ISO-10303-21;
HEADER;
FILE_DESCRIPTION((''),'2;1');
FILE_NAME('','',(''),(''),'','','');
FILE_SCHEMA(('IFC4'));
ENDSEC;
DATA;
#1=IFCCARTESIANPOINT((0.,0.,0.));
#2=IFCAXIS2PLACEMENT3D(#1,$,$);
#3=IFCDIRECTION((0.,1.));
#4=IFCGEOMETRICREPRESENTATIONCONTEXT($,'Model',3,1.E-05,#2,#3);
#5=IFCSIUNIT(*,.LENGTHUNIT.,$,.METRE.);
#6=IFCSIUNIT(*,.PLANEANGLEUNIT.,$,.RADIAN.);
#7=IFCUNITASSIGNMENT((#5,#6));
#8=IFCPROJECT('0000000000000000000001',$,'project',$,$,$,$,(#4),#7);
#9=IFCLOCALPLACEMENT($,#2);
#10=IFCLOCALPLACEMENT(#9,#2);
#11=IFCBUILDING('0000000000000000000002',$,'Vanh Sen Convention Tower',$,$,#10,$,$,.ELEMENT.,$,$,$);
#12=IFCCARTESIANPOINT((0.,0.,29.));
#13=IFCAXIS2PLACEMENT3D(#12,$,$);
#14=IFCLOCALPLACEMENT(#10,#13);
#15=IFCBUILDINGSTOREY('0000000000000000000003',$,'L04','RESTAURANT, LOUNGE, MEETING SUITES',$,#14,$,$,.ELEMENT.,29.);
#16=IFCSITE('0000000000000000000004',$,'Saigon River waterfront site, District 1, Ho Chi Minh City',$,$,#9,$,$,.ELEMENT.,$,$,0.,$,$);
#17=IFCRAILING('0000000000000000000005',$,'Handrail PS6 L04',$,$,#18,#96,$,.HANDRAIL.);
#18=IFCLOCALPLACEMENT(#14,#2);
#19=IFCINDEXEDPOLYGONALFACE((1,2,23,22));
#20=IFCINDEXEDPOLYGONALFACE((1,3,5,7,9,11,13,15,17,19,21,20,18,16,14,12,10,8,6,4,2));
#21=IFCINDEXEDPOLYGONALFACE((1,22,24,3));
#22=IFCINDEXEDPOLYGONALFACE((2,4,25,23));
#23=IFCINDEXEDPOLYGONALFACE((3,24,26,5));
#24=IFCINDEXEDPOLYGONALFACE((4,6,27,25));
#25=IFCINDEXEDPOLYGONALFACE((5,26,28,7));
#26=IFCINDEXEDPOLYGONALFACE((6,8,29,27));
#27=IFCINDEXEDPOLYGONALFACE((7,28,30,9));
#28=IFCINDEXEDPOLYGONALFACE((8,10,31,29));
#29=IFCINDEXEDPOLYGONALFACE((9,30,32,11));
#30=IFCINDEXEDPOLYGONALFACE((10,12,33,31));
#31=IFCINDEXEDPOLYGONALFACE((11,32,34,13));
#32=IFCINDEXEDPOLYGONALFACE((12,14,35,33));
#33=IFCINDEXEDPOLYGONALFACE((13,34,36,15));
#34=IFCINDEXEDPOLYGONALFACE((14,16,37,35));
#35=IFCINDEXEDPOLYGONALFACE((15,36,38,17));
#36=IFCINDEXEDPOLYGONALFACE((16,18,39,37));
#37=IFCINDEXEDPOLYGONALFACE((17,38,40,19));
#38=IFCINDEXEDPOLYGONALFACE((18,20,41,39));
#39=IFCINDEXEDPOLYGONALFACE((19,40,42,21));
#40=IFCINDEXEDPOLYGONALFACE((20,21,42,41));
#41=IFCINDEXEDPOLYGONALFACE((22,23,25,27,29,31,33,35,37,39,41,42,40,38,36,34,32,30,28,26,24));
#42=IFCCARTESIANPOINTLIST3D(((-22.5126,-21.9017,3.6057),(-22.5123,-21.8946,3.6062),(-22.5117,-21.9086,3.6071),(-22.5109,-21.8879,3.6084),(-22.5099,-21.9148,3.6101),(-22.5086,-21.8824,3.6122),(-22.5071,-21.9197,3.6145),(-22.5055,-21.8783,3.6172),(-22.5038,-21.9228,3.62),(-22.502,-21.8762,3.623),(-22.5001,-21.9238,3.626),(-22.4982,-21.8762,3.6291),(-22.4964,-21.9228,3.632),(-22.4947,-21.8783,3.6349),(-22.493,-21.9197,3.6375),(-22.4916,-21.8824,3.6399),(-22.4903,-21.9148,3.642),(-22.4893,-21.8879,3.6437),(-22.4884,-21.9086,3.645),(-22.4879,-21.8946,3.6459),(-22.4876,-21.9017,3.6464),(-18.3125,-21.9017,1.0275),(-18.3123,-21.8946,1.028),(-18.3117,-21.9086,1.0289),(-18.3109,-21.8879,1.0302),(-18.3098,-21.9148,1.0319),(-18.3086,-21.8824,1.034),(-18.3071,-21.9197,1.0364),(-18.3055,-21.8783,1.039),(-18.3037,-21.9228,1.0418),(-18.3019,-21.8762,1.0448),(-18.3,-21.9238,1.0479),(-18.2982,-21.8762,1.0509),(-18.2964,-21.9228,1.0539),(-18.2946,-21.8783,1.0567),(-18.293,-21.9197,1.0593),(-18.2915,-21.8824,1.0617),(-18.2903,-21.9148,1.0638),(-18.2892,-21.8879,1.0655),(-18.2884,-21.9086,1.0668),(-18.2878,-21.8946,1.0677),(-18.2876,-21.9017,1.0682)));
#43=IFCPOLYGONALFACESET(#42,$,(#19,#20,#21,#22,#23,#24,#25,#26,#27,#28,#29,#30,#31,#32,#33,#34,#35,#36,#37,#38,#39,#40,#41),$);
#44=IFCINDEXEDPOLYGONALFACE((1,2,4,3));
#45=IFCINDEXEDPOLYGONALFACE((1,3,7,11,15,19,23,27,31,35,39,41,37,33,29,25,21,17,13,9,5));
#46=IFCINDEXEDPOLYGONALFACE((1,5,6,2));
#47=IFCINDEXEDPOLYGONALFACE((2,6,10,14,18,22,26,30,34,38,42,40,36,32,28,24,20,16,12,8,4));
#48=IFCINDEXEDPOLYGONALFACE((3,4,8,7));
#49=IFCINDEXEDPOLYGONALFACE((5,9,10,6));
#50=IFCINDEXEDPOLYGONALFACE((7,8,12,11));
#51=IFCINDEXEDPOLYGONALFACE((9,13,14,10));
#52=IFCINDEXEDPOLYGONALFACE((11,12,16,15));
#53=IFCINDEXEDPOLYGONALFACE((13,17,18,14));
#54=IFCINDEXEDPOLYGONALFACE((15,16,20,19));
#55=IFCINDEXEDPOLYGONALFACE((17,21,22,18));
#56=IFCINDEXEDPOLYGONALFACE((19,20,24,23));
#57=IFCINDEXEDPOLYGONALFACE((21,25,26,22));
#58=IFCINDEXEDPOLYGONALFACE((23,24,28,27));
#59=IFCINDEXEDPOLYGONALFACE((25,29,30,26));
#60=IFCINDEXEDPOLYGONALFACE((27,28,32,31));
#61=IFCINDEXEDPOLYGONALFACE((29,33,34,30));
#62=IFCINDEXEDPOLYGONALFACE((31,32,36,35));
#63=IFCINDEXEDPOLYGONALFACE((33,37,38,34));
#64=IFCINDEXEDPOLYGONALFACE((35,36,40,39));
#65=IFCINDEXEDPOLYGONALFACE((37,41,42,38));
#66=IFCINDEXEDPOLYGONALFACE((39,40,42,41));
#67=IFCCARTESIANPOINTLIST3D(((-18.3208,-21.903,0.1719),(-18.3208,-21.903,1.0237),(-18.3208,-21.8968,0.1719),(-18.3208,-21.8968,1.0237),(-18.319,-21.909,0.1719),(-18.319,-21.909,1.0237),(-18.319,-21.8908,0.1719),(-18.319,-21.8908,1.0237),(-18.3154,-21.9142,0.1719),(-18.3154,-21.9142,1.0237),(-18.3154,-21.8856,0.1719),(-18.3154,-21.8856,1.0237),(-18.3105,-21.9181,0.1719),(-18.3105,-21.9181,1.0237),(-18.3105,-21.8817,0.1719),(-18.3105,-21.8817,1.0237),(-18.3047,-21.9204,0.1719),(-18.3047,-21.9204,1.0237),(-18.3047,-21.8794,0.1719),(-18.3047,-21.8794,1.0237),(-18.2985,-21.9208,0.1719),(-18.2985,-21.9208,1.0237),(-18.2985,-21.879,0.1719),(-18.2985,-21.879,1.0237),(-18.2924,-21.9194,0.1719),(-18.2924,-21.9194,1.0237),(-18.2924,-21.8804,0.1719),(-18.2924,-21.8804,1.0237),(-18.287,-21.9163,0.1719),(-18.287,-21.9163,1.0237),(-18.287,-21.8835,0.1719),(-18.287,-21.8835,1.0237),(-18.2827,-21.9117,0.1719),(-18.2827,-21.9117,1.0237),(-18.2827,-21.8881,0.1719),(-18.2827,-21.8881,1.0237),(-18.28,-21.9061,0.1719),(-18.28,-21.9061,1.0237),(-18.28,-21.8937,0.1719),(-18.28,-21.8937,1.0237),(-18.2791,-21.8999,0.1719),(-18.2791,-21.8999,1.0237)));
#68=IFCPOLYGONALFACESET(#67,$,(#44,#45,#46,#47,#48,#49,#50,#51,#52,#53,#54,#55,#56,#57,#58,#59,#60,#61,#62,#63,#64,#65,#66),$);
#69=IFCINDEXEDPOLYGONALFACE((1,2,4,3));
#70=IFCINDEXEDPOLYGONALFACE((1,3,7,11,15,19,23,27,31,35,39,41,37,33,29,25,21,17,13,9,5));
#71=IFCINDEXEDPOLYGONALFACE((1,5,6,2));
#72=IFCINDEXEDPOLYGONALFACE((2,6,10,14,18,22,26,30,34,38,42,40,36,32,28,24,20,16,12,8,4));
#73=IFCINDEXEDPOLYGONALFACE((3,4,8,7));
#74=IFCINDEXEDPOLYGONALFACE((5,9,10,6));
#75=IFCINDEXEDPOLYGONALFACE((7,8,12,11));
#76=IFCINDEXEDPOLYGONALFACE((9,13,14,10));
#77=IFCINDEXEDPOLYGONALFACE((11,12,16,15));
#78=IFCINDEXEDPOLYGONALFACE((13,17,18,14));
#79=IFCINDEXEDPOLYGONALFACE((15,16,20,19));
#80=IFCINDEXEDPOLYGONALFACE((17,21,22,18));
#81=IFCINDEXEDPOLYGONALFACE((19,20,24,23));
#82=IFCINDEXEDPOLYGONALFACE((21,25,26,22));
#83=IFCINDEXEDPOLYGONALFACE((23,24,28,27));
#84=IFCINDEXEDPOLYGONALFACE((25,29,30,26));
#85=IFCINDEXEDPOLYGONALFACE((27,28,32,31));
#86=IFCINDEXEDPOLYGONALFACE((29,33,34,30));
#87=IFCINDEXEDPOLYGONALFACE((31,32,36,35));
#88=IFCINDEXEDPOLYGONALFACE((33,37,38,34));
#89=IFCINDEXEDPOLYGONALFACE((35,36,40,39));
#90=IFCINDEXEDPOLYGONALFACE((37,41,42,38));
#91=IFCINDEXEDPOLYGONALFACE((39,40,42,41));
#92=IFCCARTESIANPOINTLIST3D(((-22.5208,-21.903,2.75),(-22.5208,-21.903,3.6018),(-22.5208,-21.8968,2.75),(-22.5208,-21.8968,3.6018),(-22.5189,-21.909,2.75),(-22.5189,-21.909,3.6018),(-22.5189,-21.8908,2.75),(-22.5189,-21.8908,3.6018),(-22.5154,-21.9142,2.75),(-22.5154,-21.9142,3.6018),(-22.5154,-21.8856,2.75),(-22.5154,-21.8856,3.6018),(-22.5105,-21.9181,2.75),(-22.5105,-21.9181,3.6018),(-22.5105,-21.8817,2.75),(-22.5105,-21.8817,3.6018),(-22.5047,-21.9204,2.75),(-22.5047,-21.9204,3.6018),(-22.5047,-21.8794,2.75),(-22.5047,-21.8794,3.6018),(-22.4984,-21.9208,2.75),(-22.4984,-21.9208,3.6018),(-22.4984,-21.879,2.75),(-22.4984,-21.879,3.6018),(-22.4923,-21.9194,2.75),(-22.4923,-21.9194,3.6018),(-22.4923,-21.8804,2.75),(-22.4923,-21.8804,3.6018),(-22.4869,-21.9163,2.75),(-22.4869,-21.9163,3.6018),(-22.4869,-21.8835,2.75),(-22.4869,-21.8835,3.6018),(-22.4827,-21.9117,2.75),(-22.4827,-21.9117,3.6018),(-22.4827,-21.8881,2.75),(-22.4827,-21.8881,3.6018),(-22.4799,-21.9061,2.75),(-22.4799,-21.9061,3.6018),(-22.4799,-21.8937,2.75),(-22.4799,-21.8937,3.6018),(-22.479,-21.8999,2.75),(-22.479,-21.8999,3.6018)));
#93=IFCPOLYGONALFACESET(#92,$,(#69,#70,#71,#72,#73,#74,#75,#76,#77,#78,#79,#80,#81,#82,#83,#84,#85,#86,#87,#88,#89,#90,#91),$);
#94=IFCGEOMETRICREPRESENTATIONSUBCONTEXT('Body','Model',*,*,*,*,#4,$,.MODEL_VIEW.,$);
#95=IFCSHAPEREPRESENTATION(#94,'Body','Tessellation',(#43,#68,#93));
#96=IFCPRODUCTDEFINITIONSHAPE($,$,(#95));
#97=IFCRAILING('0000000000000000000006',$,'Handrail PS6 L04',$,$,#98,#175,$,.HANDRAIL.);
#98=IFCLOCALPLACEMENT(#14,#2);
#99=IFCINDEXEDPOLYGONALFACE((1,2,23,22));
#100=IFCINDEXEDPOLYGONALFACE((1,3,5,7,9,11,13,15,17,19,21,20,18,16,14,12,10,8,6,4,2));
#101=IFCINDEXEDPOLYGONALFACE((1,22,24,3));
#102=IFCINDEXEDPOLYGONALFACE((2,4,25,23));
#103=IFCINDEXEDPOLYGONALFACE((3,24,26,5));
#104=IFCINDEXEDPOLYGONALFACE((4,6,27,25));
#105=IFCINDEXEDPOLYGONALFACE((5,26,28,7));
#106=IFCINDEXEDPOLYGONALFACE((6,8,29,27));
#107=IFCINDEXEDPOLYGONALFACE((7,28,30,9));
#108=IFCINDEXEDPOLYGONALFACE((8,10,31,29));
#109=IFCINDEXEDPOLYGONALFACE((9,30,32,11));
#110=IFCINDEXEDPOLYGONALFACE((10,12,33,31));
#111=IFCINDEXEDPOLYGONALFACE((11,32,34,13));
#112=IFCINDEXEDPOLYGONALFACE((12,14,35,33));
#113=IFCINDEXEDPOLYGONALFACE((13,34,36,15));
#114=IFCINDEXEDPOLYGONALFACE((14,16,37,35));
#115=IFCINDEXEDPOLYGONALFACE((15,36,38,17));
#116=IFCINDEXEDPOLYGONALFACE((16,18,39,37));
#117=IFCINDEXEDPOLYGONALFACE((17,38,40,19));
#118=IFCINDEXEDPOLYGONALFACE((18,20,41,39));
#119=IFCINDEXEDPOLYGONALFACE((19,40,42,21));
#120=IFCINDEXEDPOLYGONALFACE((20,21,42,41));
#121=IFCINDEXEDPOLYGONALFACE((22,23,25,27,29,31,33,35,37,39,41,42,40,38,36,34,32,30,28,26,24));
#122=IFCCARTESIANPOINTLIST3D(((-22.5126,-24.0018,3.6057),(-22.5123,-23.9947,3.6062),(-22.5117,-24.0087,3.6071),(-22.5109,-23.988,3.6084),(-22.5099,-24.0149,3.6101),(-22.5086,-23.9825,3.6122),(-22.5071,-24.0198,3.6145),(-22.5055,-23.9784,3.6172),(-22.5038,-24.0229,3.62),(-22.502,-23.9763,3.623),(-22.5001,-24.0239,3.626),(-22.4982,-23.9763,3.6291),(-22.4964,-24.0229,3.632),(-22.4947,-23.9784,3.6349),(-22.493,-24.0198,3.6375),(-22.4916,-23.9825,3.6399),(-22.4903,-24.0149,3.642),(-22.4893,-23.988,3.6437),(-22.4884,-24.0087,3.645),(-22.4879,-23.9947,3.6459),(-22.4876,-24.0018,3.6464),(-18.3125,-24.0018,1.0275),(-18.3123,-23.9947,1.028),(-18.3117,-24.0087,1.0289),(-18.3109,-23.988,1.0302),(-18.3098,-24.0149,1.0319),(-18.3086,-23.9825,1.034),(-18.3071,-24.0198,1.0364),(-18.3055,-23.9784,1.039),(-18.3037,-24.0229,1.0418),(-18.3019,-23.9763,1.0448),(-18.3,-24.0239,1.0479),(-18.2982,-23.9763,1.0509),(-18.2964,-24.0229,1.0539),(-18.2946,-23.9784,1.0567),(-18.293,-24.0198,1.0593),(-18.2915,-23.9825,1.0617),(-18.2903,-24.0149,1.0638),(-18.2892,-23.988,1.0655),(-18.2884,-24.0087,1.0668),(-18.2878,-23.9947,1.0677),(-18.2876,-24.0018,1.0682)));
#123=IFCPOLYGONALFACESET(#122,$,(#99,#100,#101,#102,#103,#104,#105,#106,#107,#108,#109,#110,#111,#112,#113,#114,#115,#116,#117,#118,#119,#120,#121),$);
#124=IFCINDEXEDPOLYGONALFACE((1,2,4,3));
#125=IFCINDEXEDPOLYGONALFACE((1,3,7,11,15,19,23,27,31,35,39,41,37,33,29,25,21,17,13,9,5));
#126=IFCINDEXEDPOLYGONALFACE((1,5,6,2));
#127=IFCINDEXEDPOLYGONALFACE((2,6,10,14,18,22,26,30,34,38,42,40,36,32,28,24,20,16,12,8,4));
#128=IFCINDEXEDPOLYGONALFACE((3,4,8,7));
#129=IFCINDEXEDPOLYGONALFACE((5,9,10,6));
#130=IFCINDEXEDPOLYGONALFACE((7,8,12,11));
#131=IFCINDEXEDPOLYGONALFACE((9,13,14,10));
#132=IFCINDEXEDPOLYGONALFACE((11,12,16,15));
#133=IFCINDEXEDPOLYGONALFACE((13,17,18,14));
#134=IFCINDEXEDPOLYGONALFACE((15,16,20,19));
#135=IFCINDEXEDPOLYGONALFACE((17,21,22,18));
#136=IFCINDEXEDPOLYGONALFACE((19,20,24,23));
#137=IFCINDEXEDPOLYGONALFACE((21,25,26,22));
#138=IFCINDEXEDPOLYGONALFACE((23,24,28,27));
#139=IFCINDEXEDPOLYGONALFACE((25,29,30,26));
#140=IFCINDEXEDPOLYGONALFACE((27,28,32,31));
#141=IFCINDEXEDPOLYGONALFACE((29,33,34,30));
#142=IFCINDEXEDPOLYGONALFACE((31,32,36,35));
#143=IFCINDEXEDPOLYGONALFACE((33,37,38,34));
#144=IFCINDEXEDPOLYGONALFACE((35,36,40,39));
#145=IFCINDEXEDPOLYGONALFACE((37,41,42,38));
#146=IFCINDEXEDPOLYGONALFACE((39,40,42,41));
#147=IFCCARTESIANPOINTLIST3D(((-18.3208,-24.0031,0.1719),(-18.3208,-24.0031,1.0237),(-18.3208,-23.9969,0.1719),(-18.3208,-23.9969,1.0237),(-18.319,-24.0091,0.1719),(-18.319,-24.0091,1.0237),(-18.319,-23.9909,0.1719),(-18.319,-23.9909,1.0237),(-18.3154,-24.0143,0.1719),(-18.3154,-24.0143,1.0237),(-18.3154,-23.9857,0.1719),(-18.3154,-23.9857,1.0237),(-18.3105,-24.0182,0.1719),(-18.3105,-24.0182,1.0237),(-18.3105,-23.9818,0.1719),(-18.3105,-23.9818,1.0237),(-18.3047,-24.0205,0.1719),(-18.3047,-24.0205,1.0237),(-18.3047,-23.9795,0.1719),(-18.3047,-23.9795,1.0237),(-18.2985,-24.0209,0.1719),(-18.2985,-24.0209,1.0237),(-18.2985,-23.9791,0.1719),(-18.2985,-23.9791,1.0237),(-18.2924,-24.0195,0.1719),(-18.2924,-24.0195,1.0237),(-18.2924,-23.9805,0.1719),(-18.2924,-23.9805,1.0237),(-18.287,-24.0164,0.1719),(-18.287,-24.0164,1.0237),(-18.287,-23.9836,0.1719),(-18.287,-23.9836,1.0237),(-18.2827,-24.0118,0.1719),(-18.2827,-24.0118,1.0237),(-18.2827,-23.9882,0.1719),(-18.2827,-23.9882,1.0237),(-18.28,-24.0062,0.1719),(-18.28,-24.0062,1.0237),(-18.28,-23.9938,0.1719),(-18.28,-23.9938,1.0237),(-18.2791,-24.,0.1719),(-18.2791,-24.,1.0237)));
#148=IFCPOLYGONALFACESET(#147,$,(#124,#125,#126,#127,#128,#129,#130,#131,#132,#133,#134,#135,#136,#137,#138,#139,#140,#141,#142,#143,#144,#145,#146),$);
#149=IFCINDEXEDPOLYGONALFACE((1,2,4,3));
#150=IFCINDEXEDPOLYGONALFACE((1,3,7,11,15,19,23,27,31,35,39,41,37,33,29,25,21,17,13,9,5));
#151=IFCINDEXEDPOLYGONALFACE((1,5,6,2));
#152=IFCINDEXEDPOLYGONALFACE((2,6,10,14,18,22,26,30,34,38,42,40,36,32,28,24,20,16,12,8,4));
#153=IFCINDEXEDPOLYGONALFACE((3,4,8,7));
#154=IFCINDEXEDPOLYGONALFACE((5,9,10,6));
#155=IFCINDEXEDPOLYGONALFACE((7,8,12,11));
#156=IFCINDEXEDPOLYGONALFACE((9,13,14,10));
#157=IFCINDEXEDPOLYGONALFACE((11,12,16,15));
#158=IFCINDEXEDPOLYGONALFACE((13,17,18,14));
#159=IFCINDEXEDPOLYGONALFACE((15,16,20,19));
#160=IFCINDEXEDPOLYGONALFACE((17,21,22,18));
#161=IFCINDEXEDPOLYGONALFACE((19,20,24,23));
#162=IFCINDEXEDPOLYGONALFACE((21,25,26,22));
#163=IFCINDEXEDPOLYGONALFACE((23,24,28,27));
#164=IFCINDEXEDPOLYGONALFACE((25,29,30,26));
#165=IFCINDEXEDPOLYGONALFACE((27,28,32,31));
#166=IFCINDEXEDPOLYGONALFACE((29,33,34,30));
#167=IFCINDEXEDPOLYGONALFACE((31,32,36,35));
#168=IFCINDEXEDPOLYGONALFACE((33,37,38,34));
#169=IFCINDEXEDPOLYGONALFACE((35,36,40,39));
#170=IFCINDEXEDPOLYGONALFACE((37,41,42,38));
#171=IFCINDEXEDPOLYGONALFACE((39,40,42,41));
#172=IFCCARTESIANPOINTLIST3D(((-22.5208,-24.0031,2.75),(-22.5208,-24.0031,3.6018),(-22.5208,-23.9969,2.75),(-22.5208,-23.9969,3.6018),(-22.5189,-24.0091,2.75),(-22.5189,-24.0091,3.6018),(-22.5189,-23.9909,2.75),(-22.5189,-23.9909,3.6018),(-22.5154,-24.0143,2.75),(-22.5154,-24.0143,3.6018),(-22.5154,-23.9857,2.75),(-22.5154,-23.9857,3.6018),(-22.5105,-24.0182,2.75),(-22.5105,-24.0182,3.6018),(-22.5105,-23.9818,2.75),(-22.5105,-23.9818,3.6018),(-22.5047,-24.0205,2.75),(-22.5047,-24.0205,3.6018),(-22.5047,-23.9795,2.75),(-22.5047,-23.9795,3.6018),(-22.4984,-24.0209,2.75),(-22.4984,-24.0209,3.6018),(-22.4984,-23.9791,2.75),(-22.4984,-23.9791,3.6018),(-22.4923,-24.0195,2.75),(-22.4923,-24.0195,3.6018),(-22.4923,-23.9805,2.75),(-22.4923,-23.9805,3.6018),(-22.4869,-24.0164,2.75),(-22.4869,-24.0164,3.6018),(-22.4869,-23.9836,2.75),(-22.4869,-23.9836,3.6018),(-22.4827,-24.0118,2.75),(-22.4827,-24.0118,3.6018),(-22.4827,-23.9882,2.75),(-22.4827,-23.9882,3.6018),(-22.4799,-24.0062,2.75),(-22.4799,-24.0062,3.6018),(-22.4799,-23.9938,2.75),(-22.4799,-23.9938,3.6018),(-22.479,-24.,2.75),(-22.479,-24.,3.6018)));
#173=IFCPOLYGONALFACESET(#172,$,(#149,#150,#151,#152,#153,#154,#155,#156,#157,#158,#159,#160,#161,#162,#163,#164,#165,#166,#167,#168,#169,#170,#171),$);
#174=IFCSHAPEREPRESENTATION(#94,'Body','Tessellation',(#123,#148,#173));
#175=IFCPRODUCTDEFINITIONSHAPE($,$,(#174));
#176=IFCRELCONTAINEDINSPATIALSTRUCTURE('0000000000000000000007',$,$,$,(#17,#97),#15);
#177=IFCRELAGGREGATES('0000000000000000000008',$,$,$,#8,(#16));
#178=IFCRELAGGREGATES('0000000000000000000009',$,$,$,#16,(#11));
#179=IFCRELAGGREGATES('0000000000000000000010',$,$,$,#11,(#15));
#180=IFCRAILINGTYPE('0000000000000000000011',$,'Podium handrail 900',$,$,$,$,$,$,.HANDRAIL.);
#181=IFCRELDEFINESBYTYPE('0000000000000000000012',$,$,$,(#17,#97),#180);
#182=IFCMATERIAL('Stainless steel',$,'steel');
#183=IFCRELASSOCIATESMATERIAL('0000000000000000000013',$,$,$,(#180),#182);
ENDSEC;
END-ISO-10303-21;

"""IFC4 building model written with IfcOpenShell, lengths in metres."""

from ifc_helpers import new_model, si_unit, direction, frame, origin, origin_2d, place, context, subcontext, project, spatial, circle, extrude, material, type_object, element, save


model = new_model("IFC4")

# Units and contexts
model_context = context("Model", 3, precision=1e-05, world=origin(), true_north=direction((0.0, 1.0)))
body_context = subcontext(model_context, "Body", "Model", "MODEL_VIEW")
ifc_project = project(units=[si_unit("LENGTHUNIT", "METRE"), si_unit("PLANEANGLEUNIT", "RADIAN")], contexts=[model_context])

# Site, building, storey
site_placement = place(None, origin())
site = spatial("IfcSite", under=ifc_project, at=site_placement, Name="Saigon River waterfront site, District 1, Ho Chi Minh City", CompositionType="ELEMENT", RefElevation=0.0)
building_placement = place(site_placement, origin())
building = spatial("IfcBuilding", under=site, at=building_placement, Name="Vanh Sen Convention Tower", CompositionType="ELEMENT")
storey_placement = place(building_placement, frame((0.0, 0.0, 29.0)))
storey = spatial("IfcBuildingStorey", under=building, at=storey_placement, Name="L04", Description="RESTAURANT, LOUNGE, MEETING SUITES", CompositionType="ELEMENT", Elevation=29.0)

# Railings
ifc_material_1 = material(Name="Stainless steel", Category="steel")
railing_type = type_object("IfcRailingType", Name="Podium handrail 900", PredefinedType="HANDRAIL", material=ifc_material_1)
for number, where, name in (
    (1, (-18.3, -21.8999, 0.1719), "Handrail PS6 L04"),
    (2, (-18.3, -24.0, 0.1719), "Handrail PS6 L04"),
):
    element("IfcRailing", number, at=place(storey_placement, frame(where)), inside=storey, type_object=railing_type, Name=name, PredefinedType="HANDRAIL", context=body_context, shape_type="SweptSolid", body=[
        extrude(circle(Radius=0.0239, at=origin_2d()), frame((0.0, 0.0, 0.876), z_axis=(-0.852243, 0.0, 0.523146), x_axis=(0.0, -1.0, 0.0)), (0.0, 0.0, 1.0), 4.9282),
        extrude(circle(Radius=0.021, at=origin_2d()), origin(), (0.0, 0.0, 1.0), 0.8518),
        extrude(circle(Radius=0.021, at=origin_2d()), frame((-4.2, 0.0, 2.5781)), (0.0, 0.0, 1.0), 0.8518),
    ])

save(model, "model.ifc")
